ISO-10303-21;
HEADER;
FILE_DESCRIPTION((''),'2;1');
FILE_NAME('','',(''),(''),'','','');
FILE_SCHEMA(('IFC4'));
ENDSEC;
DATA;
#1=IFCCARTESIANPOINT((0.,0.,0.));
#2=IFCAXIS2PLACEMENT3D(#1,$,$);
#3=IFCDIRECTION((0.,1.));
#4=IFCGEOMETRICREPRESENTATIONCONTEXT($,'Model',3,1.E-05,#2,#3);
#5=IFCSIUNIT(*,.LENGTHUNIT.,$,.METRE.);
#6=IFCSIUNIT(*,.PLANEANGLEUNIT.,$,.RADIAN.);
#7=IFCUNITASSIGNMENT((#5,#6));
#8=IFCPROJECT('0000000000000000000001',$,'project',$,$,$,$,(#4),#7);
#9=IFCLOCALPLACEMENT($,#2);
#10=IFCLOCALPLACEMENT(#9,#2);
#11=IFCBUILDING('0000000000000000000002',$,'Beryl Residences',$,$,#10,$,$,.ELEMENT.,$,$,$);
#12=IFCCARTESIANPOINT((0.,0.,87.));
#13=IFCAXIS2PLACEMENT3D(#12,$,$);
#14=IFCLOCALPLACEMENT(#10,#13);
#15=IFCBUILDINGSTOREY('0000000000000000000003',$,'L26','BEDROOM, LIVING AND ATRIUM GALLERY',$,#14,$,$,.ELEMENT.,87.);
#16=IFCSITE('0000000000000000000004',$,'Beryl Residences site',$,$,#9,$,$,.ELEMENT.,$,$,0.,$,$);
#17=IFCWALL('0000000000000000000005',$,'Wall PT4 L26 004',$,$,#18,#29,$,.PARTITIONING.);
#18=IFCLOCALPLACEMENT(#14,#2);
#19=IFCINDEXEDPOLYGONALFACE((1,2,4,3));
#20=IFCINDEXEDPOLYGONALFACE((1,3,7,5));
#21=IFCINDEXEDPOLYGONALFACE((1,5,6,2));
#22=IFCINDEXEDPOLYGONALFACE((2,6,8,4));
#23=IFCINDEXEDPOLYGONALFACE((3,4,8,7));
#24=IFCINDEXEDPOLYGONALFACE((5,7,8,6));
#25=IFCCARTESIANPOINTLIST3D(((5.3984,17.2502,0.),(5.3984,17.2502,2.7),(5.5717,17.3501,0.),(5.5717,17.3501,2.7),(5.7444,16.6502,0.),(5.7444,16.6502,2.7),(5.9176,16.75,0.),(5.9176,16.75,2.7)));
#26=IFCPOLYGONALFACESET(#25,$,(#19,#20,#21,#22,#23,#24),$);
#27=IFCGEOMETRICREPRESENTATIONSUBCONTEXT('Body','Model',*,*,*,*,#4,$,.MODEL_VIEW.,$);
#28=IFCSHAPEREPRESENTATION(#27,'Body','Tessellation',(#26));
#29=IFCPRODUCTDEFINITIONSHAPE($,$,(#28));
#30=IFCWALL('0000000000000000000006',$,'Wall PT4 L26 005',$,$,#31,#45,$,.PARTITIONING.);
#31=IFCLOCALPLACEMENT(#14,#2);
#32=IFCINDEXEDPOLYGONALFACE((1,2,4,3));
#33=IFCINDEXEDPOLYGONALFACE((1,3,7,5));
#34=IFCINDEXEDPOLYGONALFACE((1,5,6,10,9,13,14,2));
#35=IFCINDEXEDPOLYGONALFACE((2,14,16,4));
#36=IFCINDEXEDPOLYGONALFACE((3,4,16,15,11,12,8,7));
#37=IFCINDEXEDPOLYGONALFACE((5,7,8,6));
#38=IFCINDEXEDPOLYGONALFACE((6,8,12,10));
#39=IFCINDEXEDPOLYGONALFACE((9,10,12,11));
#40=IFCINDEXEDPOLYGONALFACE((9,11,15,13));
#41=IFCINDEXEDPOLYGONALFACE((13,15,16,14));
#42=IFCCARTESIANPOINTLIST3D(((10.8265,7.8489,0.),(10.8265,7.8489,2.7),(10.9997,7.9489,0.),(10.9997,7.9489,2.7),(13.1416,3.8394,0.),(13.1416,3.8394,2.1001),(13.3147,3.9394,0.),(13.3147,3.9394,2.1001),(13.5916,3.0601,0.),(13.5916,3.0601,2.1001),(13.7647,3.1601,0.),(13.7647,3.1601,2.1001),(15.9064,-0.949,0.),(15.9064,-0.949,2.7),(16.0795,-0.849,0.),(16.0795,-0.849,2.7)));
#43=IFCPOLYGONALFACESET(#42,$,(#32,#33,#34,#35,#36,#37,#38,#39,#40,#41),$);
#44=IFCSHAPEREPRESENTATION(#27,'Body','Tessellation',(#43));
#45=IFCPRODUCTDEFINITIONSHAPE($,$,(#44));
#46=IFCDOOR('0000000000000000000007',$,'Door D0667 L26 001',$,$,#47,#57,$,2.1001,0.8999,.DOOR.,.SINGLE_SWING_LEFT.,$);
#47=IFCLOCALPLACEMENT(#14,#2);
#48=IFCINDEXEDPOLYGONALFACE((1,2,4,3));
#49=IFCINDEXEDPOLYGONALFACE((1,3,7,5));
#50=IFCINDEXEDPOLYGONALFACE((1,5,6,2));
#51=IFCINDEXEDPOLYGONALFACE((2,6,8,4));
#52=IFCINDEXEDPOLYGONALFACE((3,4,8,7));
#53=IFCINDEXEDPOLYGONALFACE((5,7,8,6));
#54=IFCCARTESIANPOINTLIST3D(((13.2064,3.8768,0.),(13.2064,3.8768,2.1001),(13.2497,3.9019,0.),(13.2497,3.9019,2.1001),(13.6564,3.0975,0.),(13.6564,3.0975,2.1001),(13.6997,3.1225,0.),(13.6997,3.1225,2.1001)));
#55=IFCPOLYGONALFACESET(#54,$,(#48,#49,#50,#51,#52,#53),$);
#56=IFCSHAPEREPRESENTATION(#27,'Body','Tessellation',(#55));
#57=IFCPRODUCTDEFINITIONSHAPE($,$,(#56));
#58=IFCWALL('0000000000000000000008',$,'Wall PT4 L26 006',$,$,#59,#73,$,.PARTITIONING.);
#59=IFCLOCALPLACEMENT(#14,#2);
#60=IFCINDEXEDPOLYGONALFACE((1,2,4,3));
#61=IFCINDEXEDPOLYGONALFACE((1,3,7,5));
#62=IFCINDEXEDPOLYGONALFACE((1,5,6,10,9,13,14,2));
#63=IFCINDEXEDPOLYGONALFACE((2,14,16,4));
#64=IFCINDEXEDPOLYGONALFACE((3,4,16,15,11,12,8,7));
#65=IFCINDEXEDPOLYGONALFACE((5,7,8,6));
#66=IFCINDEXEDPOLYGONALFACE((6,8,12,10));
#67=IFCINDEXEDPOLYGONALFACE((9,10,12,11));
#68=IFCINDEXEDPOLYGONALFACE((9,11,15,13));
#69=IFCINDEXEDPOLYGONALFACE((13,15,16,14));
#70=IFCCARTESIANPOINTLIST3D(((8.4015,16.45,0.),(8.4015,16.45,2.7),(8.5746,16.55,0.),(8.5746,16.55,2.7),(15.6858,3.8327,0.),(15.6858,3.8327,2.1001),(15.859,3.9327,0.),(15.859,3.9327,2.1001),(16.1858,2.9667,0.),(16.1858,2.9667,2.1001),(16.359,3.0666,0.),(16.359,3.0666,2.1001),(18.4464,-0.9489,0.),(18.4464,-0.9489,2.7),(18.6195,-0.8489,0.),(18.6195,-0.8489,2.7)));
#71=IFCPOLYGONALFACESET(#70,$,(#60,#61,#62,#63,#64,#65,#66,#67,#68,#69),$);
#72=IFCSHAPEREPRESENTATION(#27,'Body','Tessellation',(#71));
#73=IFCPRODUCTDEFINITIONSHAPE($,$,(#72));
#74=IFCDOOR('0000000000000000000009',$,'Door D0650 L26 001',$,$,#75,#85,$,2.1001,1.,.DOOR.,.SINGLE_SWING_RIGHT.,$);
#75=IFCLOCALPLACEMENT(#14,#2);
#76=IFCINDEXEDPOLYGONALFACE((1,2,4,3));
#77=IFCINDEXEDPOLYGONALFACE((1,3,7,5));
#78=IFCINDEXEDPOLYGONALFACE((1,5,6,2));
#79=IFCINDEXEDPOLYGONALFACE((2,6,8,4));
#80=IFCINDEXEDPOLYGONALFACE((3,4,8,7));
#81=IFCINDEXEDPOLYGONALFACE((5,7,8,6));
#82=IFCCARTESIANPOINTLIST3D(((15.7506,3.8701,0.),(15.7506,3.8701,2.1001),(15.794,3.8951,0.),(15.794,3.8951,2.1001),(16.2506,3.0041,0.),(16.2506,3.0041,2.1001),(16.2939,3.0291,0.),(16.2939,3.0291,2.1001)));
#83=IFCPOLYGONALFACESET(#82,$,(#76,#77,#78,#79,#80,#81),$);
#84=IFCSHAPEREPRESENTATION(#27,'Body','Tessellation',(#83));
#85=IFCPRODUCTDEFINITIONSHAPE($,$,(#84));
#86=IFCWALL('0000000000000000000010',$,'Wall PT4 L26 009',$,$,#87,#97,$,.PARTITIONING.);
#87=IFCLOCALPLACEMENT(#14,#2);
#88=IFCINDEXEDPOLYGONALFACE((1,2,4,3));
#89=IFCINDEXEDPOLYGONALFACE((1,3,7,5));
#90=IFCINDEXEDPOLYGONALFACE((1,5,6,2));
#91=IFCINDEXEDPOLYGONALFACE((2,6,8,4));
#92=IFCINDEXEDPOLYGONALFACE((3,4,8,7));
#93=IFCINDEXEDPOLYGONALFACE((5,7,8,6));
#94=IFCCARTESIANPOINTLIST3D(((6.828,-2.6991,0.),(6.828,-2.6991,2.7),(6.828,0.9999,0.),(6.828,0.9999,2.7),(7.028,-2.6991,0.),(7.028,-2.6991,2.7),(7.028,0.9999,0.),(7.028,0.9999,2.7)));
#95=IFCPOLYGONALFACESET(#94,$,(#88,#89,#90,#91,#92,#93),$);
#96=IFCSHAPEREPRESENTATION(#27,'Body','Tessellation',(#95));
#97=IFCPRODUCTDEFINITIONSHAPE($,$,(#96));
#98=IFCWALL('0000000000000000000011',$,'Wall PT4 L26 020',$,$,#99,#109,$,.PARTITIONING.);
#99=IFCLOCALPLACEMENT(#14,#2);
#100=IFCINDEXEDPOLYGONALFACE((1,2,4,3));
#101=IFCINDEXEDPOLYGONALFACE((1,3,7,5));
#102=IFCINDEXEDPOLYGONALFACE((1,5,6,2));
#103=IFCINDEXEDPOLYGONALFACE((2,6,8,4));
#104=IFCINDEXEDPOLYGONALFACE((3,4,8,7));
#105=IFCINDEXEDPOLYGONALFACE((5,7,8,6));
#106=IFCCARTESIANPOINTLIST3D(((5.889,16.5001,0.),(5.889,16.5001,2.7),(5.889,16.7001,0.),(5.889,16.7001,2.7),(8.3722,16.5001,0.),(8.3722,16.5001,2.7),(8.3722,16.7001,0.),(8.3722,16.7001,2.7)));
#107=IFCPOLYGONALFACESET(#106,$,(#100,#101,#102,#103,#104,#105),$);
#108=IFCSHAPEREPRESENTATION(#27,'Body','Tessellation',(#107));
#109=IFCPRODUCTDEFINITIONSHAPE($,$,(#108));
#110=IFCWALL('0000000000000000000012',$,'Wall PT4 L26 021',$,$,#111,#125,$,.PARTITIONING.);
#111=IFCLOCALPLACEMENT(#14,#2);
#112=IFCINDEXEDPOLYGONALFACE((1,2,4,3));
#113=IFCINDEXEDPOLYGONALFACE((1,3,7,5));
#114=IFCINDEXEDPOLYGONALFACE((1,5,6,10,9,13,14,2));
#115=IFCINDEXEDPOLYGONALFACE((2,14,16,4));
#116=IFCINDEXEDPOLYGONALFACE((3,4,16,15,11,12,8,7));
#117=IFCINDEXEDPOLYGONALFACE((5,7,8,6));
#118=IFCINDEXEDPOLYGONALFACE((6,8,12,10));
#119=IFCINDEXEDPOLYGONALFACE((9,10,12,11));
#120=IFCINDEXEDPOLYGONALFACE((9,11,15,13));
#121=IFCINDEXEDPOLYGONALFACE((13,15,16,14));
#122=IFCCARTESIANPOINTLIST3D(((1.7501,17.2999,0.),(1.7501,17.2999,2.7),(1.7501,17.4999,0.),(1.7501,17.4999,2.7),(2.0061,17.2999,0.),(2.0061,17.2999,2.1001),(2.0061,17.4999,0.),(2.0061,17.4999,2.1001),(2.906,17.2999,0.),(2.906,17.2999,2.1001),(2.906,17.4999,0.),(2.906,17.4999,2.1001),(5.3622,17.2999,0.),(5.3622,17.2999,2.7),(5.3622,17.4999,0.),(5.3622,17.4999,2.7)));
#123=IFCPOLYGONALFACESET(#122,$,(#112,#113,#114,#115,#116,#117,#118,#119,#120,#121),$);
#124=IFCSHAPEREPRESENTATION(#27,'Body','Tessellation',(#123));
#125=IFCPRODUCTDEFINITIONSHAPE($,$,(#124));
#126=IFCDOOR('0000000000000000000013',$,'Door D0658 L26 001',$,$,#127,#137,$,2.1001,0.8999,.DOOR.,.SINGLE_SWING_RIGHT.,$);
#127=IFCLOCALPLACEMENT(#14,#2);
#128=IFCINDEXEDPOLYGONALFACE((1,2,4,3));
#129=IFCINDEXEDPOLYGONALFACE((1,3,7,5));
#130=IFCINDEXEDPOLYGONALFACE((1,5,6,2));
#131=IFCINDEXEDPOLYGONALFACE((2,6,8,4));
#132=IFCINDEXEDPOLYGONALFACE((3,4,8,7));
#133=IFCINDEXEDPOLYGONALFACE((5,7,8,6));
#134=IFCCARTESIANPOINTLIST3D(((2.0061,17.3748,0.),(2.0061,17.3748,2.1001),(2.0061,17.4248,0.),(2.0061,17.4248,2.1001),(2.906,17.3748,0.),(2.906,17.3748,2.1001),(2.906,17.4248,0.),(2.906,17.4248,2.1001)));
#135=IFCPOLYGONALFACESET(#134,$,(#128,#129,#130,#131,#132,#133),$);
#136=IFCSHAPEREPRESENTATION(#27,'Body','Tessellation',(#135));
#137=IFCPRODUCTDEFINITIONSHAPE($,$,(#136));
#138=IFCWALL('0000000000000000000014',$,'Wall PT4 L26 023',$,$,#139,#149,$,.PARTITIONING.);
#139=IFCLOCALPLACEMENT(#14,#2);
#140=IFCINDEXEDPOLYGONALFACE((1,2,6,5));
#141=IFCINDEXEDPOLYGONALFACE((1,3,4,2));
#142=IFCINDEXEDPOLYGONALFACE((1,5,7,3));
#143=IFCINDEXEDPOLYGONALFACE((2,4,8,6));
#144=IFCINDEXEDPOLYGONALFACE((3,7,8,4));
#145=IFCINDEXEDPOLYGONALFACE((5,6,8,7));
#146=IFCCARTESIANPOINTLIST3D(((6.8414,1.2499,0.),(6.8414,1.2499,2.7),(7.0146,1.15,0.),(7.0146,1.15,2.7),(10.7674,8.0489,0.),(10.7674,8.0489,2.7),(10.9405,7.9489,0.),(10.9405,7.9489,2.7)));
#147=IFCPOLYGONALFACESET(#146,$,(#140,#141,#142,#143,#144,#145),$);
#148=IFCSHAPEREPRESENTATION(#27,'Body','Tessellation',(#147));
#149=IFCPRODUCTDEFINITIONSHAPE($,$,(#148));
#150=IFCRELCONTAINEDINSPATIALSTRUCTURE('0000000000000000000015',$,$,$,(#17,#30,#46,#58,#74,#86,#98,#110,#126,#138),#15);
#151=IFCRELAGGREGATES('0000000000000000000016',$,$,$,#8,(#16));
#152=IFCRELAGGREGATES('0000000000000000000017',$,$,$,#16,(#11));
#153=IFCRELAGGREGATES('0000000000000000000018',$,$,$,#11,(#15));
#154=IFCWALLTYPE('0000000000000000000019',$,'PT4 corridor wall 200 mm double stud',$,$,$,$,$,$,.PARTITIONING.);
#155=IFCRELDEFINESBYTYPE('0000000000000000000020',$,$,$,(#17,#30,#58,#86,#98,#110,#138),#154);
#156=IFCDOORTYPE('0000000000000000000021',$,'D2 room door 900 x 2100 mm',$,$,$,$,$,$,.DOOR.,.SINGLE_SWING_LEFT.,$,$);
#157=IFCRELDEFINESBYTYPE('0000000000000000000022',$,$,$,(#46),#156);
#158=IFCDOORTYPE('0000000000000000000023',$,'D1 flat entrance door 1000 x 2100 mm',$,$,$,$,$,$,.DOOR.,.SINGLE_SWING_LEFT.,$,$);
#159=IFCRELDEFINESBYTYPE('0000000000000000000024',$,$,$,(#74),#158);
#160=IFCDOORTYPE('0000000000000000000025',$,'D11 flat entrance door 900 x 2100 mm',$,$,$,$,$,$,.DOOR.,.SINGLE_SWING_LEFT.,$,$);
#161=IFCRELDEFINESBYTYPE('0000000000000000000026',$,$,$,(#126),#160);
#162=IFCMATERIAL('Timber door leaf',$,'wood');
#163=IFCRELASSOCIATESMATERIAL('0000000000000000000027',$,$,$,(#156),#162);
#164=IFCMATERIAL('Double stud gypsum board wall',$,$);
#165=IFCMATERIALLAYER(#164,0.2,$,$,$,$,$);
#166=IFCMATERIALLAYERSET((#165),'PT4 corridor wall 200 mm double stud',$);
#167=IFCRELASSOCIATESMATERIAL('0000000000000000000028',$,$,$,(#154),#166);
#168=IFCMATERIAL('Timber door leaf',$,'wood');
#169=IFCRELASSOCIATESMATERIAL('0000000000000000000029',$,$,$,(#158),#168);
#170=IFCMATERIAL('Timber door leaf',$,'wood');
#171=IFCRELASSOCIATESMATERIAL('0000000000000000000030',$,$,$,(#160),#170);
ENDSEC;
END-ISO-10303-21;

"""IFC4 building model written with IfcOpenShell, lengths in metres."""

from ifc_helpers import new_model, si_unit, direction, frame, frame_2d, origin, place, context, subcontext, project, spatial, rectangle, extrude, material, layer, layer_set, type_object, element, fill, save


model = new_model("IFC4")

# Units and contexts
model_context = context("Model", 3, precision=1e-05, world=origin(), true_north=direction((0.0, 1.0)))
body_context = subcontext(model_context, "Body", "Model", "MODEL_VIEW")
ifc_project = project(units=[si_unit("LENGTHUNIT", "METRE"), si_unit("PLANEANGLEUNIT", "RADIAN")], contexts=[model_context])

# Site, building, storey
site_placement = place(None, origin())
site = spatial("IfcSite", under=ifc_project, at=site_placement, Name="Beryl Residences site", CompositionType="ELEMENT", RefElevation=0.0)
building_placement = place(site_placement, origin())
building = spatial("IfcBuilding", under=site, at=building_placement, Name="Beryl Residences", CompositionType="ELEMENT")
storey_placement = place(building_placement, frame((0.0, 0.0, 87.0)))
storey = spatial("IfcBuildingStorey", under=building, at=storey_placement, Name="L26", Description="BEDROOM, LIVING AND ATRIUM GALLERY", CompositionType="ELEMENT", Elevation=87.0)

# Shared definitions
ifc_material_1 = material(Name="Timber door leaf", Category="wood")
door_type_1 = type_object("IfcDoorType", Name="D2 room door 900 x 2100 mm", OperationType="SINGLE_SWING_LEFT", PredefinedType="DOOR", material=ifc_material_1)

# Wall
ifc_material_2 = material(Name="Double stud gypsum board wall")
ifc_layer_1 = layer(ifc_material_2, 0.2)
ifc_layer_set_1 = layer_set([ifc_layer_1], Name="PT4 corridor wall 200 mm double stud")
wall_type_1 = type_object("IfcWallType", Name="PT4 corridor wall 200 mm double stud", PredefinedType="PARTITIONING", material=ifc_layer_set_1)
wall_1_placement = place(storey_placement, frame((5.4851, 17.3, 0.0), z_axis=(0.0, 0.0, 1.0), x_axis=(0.499438, -0.86635, 0.0)))
element("IfcWall", 1, at=wall_1_placement, inside=storey, type_object=wall_type_1, Name="Wall PT4 L26 004", PredefinedType="PARTITIONING", context=body_context, shape_type="SweptSolid", body=[
    extrude(rectangle(XDim=0.6926, YDim=0.2, at=frame_2d((0.3462, 0.0))), origin(), (0.0, 0.0, 1.0), 2.7),
])

# Walls, openings, doors
wall_2_placement = place(storey_placement, frame((10.9131, 7.8989, 0.0), z_axis=(0.0, 0.0, 1.0), x_axis=(0.500029, -0.866009, 0.0)))
wall_2 = element("IfcWall", 2, at=wall_2_placement, inside=storey, type_object=wall_type_1, Name="Wall PT4 L26 005", PredefinedType="PARTITIONING", context=body_context, shape_type="SweptSolid", body=[
    extrude(rectangle(XDim=10.1592, YDim=0.2, at=frame_2d((5.0796, 0.0))), origin(), (0.0, 0.0, 1.0), 2.7),
])
opening_1_placement = place(wall_2_placement, frame((4.6299, 0.0, 0.0)))
opening_1 = element("IfcOpeningElement", 3, at=opening_1_placement, cuts=wall_2, PredefinedType="OPENING", context=body_context, shape_type="SweptSolid", body=[
    extrude(rectangle(XDim=0.8999, YDim=2.1001, at=frame_2d((0.45, 1.05))), frame((0.0, 0.1099, 0.0), z_axis=(0.0, -1.0, 0.0), x_axis=(1.0, 0.0, 0.0)), (0.0, 0.0, 1.0), 0.22),
])
door_1_placement = place(opening_1_placement, origin())
door_1 = element("IfcDoor", 4, at=door_1_placement, inside=storey, type_object=door_type_1, Name="Door D0667 L26 001", OperationType="SINGLE_SWING_LEFT", OverallHeight=2.1001, OverallWidth=0.8999, PredefinedType="DOOR", context=body_context, shape_type="SweptSolid", body=[
    extrude(rectangle(XDim=0.8999, YDim=2.1001, at=frame_2d((0.45, 1.05))), frame((0.0, 0.0249, 0.0), z_axis=(0.0, -1.0, 0.0), x_axis=(1.0, 0.0, 0.0)), (0.0, 0.0, 1.0), 0.05),
])
fill(opening_1, door_1)
wall_3_placement = place(storey_placement, frame((8.488, 16.5, 0.0), z_axis=(0.0, 0.0, 1.0), x_axis=(0.499987, -0.866033, 0.0)))
wall_3 = element("IfcWall", 5, at=wall_3_placement, inside=storey, type_object=wall_type_1, Name="Wall PT4 L26 006", PredefinedType="PARTITIONING", context=body_context, shape_type="SweptSolid", body=[
    extrude(rectangle(XDim=20.0903, YDim=0.2, at=frame_2d((10.0452, 0.0))), origin(), (0.0, 0.0, 1.0), 2.7),
])
opening_2_placement = place(wall_3_placement, frame((14.5691, 0.0, 0.0)))
opening_2 = element("IfcOpeningElement", 6, at=opening_2_placement, cuts=wall_3, PredefinedType="OPENING", context=body_context, shape_type="SweptSolid", body=[
    extrude(rectangle(XDim=1.0, YDim=2.1001, at=frame_2d((0.5, 1.05))), frame((0.0, 0.1099, 0.0), z_axis=(0.0, -1.0, 0.0), x_axis=(1.0, 0.0, 0.0)), (0.0, 0.0, 1.0), 0.22),
])
ifc_material_3 = material(Name="Timber door leaf", Category="wood")
door_type_2 = type_object("IfcDoorType", Name="D1 flat entrance door 1000 x 2100 mm", OperationType="SINGLE_SWING_LEFT", PredefinedType="DOOR", material=ifc_material_3)
door_2_placement = place(opening_2_placement, origin())
door_2 = element("IfcDoor", 7, at=door_2_placement, inside=storey, type_object=door_type_2, Name="Door D0650 L26 001", OperationType="SINGLE_SWING_RIGHT", OverallHeight=2.1001, OverallWidth=1.0, PredefinedType="DOOR", context=body_context, shape_type="SweptSolid", body=[
    extrude(rectangle(XDim=1.0, YDim=2.1001, at=frame_2d((0.5, 1.05))), frame((0.0, 0.0249, 0.0), z_axis=(0.0, -1.0, 0.0), x_axis=(1.0, 0.0, 0.0)), (0.0, 0.0, 1.0), 0.05),
])
fill(opening_2, door_2)

# Walls
wall_4_placement = place(storey_placement, frame((6.928, 1.0, 0.0), z_axis=(0.0, 0.0, 1.0), x_axis=(0.0, -1.0, 0.0)))
element("IfcWall", 8, at=wall_4_placement, inside=storey, type_object=wall_type_1, Name="Wall PT4 L26 009", PredefinedType="PARTITIONING", context=body_context, shape_type="SweptSolid", body=[
    extrude(rectangle(XDim=3.699, YDim=0.2, at=frame_2d((1.8496, 0.0))), origin(), (0.0, 0.0, 1.0), 2.7),
])
wall_5_placement = place(storey_placement, frame((5.8889, 16.6001, 0.0), z_axis=(0.0, 0.0, 1.0), x_axis=(1.0, 0.0, 0.0)))
element("IfcWall", 9, at=wall_5_placement, inside=storey, type_object=wall_type_1, Name="Wall PT4 L26 020", PredefinedType="PARTITIONING", context=body_context, shape_type="SweptSolid", body=[
    extrude(rectangle(XDim=2.4832, YDim=0.2, at=frame_2d((1.2417, 0.0))), origin(), (0.0, 0.0, 1.0), 2.7),
])

# Wall, opening, door
wall_6_placement = place(storey_placement, frame((1.75, 17.3999, 0.0), z_axis=(0.0, 0.0, 1.0), x_axis=(1.0, 0.0, 0.0)))
wall_6 = element("IfcWall", 10, at=wall_6_placement, inside=storey, type_object=wall_type_1, Name="Wall PT4 L26 021", PredefinedType="PARTITIONING", context=body_context, shape_type="SweptSolid", body=[
    extrude(rectangle(XDim=3.6121, YDim=0.2, at=frame_2d((1.8062, 0.0))), origin(), (0.0, 0.0, 1.0), 2.7),
])
opening_3_placement = place(wall_6_placement, frame((0.2561, 0.0, 0.0)))
opening_3 = element("IfcOpeningElement", 11, at=opening_3_placement, cuts=wall_6, PredefinedType="OPENING", context=body_context, shape_type="SweptSolid", body=[
    extrude(rectangle(XDim=0.8999, YDim=2.1001, at=frame_2d((0.45, 1.05))), frame((0.0, 0.1099, 0.0), z_axis=(0.0, -1.0, 0.0), x_axis=(1.0, 0.0, 0.0)), (0.0, 0.0, 1.0), 0.22),
])
ifc_material_4 = material(Name="Timber door leaf", Category="wood")
door_type_3 = type_object("IfcDoorType", Name="D11 flat entrance door 900 x 2100 mm", OperationType="SINGLE_SWING_LEFT", PredefinedType="DOOR", material=ifc_material_4)
door_3_placement = place(opening_3_placement, origin())
door_3 = element("IfcDoor", 12, at=door_3_placement, inside=storey, type_object=door_type_3, Name="Door D0658 L26 001", OperationType="SINGLE_SWING_RIGHT", OverallHeight=2.1001, OverallWidth=0.8999, PredefinedType="DOOR", context=body_context, shape_type="SweptSolid", body=[
    extrude(rectangle(XDim=0.8999, YDim=2.1001, at=frame_2d((0.45, 1.05))), frame((0.0, 0.0249, 0.0), z_axis=(0.0, -1.0, 0.0), x_axis=(1.0, 0.0, 0.0)), (0.0, 0.0, 1.0), 0.05),
])
fill(opening_3, door_3)

# Wall
wall_7_placement = place(storey_placement, frame((6.928, 1.2, 0.0), z_axis=(0.0, 0.0, 1.0), x_axis=(0.500055, 0.865993, 0.0)))
element("IfcWall", 13, at=wall_7_placement, inside=storey, type_object=wall_type_1, Name="Wall PT4 L26 023", PredefinedType="PARTITIONING", context=body_context, shape_type="SweptSolid", body=[
    extrude(rectangle(XDim=7.8511, YDim=0.2, at=frame_2d((3.9255, 0.0))), origin(), (0.0, 0.0, 1.0), 2.7),
])

save(model, "model.ifc")
